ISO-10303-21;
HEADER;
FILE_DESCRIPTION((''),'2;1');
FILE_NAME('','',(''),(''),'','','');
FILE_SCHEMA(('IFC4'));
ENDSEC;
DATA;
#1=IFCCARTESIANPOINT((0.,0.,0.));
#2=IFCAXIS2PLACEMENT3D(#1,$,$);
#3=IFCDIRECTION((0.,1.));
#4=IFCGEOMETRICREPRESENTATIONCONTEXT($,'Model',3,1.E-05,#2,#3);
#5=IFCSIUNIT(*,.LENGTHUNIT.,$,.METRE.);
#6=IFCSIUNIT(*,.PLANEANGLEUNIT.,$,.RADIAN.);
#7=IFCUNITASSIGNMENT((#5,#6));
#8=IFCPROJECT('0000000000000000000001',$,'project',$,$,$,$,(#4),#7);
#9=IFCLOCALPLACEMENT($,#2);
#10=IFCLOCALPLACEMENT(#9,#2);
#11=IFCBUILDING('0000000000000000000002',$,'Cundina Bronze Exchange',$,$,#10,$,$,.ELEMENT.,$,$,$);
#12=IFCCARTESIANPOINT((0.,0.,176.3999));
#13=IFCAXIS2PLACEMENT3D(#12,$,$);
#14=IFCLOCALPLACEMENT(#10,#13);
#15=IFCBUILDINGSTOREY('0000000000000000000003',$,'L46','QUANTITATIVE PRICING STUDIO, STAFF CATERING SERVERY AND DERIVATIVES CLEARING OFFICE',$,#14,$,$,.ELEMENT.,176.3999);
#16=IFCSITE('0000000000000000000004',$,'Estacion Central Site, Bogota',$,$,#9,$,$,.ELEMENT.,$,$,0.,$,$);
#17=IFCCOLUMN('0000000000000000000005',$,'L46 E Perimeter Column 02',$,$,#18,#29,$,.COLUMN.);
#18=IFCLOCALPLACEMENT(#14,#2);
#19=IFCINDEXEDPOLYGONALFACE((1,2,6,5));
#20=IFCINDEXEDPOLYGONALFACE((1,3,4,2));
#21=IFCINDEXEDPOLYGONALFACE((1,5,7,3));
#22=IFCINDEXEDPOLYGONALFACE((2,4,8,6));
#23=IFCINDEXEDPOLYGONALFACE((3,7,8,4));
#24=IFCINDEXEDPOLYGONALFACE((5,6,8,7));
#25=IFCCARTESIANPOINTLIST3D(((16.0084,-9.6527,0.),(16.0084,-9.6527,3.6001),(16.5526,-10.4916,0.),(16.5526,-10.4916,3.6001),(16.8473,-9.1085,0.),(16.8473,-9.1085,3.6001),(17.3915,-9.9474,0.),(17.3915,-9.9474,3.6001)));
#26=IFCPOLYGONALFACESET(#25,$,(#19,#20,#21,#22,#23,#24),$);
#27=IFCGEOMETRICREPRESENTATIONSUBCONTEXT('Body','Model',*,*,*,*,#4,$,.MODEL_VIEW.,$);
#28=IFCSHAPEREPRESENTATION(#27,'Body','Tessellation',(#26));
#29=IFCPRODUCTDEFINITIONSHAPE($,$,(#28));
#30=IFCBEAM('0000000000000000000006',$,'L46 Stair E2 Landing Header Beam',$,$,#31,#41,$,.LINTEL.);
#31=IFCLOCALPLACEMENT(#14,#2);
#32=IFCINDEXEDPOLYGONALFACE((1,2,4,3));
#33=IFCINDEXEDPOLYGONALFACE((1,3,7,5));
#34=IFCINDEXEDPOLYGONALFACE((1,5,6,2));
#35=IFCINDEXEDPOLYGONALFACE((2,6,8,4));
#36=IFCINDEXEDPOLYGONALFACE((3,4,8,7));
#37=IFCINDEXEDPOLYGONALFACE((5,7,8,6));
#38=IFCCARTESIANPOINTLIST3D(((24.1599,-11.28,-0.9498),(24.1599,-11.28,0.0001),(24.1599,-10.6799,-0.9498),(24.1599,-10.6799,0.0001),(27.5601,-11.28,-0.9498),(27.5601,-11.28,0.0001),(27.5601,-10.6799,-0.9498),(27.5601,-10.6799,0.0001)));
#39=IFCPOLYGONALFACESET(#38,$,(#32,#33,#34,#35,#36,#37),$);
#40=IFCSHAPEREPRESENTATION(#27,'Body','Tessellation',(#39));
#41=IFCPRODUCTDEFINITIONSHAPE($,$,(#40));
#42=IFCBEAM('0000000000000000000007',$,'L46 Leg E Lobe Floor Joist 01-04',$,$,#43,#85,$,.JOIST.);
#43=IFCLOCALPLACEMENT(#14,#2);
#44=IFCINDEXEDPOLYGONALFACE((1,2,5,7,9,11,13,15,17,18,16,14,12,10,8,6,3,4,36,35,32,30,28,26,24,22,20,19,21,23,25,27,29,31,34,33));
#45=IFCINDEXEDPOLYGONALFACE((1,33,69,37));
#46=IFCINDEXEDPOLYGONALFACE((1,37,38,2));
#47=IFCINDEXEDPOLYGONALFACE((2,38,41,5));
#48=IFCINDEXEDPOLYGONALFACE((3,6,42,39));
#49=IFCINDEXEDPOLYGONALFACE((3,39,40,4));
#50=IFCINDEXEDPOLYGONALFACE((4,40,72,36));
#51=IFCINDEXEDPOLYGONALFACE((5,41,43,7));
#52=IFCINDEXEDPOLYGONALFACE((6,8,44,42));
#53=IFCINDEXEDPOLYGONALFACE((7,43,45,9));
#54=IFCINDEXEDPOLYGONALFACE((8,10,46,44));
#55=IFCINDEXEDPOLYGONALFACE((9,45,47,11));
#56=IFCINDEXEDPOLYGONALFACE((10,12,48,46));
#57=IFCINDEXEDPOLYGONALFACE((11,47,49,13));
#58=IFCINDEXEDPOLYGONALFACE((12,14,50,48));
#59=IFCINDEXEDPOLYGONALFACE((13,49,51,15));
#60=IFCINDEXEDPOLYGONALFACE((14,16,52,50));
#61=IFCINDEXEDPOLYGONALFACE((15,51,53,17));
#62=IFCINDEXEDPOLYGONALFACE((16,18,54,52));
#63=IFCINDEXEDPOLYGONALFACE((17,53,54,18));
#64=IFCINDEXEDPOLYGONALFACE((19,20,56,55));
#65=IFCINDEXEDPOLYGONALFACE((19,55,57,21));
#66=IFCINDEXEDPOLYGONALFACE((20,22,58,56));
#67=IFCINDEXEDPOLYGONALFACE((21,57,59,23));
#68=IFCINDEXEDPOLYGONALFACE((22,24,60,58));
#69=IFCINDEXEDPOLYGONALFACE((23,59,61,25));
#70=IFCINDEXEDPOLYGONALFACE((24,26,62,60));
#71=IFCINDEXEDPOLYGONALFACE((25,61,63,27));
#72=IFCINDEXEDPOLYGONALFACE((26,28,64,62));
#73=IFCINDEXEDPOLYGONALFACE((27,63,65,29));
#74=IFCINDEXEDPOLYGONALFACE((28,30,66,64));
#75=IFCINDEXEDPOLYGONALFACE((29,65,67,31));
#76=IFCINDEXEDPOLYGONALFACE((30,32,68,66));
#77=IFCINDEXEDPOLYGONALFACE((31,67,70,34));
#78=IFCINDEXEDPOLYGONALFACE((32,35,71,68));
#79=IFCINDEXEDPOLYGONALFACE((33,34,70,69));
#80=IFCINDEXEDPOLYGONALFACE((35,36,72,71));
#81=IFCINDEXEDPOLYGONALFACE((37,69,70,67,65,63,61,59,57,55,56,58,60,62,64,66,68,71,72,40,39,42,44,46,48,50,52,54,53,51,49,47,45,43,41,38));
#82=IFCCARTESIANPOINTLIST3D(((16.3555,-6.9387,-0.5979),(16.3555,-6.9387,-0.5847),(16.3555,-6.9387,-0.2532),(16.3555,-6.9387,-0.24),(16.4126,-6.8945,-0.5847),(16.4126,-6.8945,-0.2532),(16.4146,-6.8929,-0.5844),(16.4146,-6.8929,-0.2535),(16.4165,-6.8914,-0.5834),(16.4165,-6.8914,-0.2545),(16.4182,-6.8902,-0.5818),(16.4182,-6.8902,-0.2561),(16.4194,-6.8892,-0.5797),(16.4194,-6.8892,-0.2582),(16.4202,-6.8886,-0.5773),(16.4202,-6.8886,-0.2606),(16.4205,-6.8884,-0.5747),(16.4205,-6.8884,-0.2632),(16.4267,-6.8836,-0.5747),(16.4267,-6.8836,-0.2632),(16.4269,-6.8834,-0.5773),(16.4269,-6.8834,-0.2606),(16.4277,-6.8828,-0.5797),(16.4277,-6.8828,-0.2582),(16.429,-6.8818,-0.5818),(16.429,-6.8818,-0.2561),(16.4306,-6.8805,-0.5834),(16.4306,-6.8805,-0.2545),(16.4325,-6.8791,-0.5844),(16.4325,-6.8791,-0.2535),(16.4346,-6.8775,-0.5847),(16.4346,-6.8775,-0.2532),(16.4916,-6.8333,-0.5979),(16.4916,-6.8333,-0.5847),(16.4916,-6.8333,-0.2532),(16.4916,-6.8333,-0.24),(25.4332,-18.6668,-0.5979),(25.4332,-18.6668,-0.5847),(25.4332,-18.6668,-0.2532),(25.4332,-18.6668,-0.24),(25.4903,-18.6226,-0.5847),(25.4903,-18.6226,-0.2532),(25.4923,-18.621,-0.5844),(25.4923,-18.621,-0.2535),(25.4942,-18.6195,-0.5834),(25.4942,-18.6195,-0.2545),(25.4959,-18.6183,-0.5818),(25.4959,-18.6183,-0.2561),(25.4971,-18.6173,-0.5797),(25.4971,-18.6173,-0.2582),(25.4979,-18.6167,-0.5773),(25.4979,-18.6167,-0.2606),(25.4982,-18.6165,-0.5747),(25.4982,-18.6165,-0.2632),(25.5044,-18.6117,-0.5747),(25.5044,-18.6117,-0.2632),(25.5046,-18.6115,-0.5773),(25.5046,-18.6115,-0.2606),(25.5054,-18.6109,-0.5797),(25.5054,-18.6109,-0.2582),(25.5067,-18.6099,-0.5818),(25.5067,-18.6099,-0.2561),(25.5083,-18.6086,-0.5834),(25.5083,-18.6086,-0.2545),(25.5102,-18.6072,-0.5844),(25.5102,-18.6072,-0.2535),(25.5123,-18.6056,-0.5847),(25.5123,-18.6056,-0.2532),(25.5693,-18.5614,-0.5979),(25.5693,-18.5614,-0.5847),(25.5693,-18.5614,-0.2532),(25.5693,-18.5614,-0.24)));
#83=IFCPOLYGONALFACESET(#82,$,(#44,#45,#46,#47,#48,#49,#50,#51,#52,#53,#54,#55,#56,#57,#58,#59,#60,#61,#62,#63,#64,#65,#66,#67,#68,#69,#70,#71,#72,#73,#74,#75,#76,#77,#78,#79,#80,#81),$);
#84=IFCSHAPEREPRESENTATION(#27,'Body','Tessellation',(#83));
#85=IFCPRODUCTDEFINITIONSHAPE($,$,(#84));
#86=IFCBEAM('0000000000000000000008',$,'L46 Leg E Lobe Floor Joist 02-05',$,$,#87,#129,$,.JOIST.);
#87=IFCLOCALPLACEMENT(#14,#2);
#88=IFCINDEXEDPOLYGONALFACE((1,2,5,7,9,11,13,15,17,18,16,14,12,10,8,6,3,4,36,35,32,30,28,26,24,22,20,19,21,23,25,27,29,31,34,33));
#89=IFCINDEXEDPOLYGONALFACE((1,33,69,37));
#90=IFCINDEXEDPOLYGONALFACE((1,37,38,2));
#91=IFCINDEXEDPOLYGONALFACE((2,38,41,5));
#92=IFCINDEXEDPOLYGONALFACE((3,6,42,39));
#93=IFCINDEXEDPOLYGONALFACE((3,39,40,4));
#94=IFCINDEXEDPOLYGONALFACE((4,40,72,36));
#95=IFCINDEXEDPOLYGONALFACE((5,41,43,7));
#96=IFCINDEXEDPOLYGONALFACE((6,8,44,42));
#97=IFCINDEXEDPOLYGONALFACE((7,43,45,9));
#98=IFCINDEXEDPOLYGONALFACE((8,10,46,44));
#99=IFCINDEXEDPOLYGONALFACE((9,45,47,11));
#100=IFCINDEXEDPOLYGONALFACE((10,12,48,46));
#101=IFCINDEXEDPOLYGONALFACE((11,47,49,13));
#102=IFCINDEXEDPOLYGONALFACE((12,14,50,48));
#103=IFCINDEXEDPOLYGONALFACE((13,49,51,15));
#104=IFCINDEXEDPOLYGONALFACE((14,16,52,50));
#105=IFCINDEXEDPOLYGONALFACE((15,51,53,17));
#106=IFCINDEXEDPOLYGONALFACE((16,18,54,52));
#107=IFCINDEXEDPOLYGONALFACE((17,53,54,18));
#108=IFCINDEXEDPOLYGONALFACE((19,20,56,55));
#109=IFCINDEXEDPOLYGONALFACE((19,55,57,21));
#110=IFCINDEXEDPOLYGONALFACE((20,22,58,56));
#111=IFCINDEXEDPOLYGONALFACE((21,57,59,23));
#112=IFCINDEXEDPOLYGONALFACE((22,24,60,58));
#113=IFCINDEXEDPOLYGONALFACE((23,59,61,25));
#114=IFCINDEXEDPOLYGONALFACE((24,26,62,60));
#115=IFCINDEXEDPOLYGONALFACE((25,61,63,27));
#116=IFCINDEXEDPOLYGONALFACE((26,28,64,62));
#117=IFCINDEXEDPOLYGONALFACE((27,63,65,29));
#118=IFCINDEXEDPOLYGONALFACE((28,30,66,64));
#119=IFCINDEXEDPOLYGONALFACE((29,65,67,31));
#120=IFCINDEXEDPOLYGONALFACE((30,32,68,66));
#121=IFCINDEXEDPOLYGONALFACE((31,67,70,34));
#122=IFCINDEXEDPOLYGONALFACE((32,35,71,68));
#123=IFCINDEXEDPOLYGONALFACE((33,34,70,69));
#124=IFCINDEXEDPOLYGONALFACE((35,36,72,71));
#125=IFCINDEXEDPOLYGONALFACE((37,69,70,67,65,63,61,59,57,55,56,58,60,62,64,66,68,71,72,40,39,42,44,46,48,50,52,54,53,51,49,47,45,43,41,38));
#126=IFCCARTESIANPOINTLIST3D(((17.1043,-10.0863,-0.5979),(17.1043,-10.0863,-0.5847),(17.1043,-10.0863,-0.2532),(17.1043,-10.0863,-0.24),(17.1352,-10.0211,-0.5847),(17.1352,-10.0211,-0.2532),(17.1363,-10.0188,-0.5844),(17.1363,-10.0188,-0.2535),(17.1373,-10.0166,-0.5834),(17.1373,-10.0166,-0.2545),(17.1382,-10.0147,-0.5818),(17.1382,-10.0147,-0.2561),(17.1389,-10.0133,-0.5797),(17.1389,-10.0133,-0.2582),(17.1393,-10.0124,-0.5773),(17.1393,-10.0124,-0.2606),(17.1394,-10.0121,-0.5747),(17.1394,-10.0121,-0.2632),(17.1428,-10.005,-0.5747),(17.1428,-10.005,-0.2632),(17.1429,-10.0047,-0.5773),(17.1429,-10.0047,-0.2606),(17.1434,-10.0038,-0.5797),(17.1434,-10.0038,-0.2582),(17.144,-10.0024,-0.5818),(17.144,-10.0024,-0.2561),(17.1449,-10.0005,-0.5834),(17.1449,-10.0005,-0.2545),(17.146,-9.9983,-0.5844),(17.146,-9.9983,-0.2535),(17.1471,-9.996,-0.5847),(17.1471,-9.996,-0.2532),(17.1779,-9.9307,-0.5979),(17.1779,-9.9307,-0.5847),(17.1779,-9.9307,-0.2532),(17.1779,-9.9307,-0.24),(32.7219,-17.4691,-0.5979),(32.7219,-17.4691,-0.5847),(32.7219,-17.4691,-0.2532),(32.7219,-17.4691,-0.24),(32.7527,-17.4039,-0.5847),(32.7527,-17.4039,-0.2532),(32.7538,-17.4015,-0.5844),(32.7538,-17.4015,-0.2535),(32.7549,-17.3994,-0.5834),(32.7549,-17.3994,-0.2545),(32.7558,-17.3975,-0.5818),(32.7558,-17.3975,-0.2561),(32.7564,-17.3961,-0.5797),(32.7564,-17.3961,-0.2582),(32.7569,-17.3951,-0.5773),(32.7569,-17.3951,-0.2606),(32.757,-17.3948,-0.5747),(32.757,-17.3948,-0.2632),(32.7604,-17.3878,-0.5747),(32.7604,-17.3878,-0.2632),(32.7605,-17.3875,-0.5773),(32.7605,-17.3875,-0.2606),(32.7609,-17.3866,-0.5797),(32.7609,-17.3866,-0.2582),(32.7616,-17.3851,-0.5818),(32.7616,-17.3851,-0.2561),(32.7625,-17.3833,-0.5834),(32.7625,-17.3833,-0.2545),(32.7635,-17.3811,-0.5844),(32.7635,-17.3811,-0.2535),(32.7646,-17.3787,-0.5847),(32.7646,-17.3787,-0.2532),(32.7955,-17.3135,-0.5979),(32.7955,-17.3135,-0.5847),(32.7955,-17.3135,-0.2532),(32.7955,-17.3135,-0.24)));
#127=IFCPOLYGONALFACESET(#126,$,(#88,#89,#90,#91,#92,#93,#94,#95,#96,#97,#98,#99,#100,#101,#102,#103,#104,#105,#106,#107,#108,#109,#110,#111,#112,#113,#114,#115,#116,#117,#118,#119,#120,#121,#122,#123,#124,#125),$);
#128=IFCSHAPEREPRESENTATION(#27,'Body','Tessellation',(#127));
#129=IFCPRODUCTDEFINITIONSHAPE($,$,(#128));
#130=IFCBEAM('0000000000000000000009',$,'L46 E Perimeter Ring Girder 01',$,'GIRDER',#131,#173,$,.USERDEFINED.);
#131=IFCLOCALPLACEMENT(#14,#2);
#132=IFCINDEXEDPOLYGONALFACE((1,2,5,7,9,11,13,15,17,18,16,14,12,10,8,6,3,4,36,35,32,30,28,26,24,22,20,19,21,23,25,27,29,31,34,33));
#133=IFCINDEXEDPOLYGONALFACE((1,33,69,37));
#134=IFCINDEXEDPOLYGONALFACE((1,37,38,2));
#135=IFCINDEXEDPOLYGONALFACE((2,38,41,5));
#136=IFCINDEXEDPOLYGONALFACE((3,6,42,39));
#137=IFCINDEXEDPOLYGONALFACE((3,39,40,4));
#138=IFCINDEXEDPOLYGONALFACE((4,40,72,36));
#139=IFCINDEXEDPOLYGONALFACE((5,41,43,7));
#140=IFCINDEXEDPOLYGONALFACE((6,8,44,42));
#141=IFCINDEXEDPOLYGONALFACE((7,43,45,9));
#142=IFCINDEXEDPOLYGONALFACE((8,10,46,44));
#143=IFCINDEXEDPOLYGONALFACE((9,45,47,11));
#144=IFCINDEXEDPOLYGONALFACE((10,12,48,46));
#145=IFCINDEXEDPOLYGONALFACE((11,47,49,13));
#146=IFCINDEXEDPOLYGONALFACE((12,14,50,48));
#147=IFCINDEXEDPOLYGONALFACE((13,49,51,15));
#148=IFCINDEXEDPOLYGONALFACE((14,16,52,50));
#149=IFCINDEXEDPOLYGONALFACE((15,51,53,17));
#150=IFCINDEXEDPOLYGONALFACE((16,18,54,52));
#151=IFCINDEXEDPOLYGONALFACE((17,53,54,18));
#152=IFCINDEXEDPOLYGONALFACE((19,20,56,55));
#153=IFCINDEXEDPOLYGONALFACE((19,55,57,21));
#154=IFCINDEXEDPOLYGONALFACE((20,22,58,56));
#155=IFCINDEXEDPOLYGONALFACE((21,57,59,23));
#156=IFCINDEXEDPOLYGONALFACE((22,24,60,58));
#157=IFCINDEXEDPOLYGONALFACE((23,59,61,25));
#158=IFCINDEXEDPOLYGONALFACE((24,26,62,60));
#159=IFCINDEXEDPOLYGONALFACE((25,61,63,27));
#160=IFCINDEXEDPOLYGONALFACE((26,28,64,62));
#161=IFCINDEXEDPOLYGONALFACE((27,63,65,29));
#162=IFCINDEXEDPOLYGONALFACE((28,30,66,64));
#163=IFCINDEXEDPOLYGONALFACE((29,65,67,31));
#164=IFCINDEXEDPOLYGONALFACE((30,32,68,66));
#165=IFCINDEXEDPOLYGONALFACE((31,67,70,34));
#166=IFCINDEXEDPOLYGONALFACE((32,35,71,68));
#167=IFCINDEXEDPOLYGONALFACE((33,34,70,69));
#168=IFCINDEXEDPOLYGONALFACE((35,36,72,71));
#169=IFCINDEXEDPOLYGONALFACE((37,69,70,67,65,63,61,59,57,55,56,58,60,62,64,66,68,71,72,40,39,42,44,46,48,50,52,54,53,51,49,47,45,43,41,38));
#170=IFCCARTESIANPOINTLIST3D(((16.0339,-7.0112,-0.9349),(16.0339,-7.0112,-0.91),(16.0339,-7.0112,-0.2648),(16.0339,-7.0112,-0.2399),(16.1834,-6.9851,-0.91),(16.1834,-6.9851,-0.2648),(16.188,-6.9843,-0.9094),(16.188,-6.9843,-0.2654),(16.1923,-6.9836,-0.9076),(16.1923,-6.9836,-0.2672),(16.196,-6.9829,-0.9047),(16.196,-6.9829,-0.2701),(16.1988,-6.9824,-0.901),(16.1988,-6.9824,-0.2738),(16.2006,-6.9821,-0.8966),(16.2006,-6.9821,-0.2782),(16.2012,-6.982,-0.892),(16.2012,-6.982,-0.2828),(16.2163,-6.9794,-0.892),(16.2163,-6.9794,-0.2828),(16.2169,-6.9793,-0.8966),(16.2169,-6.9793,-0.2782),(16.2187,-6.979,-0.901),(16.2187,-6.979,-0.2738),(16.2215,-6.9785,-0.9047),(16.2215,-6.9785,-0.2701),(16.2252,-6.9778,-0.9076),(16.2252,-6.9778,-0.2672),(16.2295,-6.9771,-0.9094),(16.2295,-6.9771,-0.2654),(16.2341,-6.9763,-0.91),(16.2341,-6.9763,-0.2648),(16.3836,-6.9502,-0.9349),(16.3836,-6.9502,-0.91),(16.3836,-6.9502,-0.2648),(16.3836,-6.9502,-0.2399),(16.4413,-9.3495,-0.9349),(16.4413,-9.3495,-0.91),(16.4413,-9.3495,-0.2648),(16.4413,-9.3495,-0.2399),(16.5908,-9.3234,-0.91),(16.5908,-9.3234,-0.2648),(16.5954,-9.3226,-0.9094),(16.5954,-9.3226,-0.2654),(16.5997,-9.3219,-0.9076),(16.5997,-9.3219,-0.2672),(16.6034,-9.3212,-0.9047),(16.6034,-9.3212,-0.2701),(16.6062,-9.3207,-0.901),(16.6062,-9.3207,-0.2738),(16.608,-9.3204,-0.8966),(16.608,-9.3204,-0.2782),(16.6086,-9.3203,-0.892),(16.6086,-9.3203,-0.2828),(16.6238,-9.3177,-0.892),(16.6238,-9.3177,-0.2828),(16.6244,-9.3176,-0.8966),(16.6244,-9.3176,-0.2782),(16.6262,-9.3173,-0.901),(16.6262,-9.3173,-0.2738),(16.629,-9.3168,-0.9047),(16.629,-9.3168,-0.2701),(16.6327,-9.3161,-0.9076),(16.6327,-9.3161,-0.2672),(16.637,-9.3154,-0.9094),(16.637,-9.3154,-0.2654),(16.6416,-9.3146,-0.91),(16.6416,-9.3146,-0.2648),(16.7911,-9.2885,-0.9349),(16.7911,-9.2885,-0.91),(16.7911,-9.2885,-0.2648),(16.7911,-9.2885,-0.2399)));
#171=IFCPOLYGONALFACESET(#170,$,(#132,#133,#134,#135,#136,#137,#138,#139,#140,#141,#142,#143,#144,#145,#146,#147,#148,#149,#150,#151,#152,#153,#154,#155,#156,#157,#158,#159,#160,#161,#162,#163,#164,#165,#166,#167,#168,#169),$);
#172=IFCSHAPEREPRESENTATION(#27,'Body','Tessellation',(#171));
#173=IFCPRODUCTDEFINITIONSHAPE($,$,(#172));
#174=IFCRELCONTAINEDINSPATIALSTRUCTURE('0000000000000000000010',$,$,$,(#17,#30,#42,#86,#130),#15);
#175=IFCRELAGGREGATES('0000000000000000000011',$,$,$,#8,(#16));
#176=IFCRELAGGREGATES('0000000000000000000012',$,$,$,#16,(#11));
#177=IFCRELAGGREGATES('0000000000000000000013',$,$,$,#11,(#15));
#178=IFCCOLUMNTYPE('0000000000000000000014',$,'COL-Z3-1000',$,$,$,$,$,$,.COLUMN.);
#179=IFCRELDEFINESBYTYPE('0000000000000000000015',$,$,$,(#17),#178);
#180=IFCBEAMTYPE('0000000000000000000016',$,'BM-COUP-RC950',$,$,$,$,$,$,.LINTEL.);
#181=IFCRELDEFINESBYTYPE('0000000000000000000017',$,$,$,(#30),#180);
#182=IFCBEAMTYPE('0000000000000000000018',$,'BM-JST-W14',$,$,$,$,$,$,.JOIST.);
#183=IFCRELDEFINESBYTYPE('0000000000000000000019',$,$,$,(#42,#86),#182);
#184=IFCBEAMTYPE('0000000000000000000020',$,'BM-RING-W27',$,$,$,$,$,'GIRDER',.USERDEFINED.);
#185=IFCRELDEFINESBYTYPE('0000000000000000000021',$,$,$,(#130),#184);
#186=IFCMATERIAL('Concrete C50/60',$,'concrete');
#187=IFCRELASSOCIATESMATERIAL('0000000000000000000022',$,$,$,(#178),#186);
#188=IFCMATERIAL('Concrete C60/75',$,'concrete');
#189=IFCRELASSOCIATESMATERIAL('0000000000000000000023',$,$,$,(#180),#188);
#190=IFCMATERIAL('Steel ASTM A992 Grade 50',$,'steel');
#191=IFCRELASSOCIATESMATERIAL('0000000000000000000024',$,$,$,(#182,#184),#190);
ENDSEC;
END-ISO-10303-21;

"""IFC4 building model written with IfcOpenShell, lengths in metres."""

from ifc_helpers import new_model, si_unit, direction, frame, origin, origin_2d, place, context, subcontext, project, spatial, rectangle, i_section, extrude, material, material_profile, profile_set, type_object, element, save


model = new_model("IFC4")

# Units and contexts
model_context = context("Model", 3, precision=1e-05, world=origin(), true_north=direction((0.0, 1.0)))
body_context = subcontext(model_context, "Body", "Model", "MODEL_VIEW")
ifc_project = project(units=[si_unit("LENGTHUNIT", "METRE"), si_unit("PLANEANGLEUNIT", "RADIAN")], contexts=[model_context])

# Site, building, storey
site_placement = place(None, origin())
site = spatial("IfcSite", under=ifc_project, at=site_placement, Name="Estacion Central Site, Bogota", CompositionType="ELEMENT", RefElevation=0.0)
building_placement = place(site_placement, origin())
building = spatial("IfcBuilding", under=site, at=building_placement, Name="Cundina Bronze Exchange", CompositionType="ELEMENT")
storey_placement = place(building_placement, frame((0.0, 0.0, 176.3999)))
storey = spatial("IfcBuildingStorey", under=building, at=storey_placement, Name="L46", Description="QUANTITATIVE PRICING STUDIO, STAFF CATERING SERVERY AND DERIVATIVES CLEARING OFFICE", CompositionType="ELEMENT", Elevation=176.3999)

# Column
ifc_material_1 = material(Name="Concrete C50/60", Category="concrete")
ifc_material_profile_1 = material_profile(ifc_material_1, rectangle(XDim=1.0, YDim=1.0, at=origin_2d()), Name="RC1000X1000", Category="concrete")
ifc_profile_set_1 = profile_set([ifc_material_profile_1], Name="Concrete C50/60")
column_type = type_object("IfcColumnType", Name="COL-Z3-1000", PredefinedType="COLUMN", material=ifc_profile_set_1)
column_placement = place(storey_placement, frame((16.7, -9.8, 0.0), z_axis=(0.0, 0.0, 1.0), x_axis=(0.5442, -0.838956, 0.0)))
element("IfcColumn", 1, at=column_placement, inside=storey, type_object=column_type, Name="L46 E Perimeter Column 02", PredefinedType="COLUMN", context=body_context, shape_type="SweptSolid", body=[
    extrude(rectangle(XDim=1.0, YDim=1.0, at=origin_2d()), origin(), (0.0, 0.0, 1.0), 3.6001),
])

# Beams
ifc_material_2 = material(Name="Concrete C60/75", Category="concrete")
ifc_material_profile_2 = material_profile(ifc_material_2, rectangle(XDim=0.6001, YDim=0.95, at=origin_2d()), Name="RC600X950", Category="concrete")
ifc_profile_set_2 = profile_set([ifc_material_profile_2], Name="Concrete C60/75")
beam_type_1 = type_object("IfcBeamType", Name="BM-COUP-RC950", PredefinedType="LINTEL", material=ifc_profile_set_2)
beam_1_placement = place(storey_placement, frame((24.1599, -10.98, -0.4749), z_axis=(1.0, 0.0, 0.0), x_axis=(0.0, 1.0, 0.0)))
element("IfcBeam", 2, at=beam_1_placement, inside=storey, type_object=beam_type_1, Name="L46 Stair E2 Landing Header Beam", PredefinedType="LINTEL", context=body_context, shape_type="SweptSolid", body=[
    extrude(rectangle(XDim=0.6001, YDim=0.95, at=origin_2d()), origin(), (0.0, 0.0, 1.0), 3.4001),
])
ifc_material_3 = material(Name="Steel ASTM A992 Grade 50", Category="steel")
ifc_material_profile_3 = material_profile(ifc_material_3, i_section(OverallWidth=0.1721, OverallDepth=0.3579, WebThickness=0.0078, FlangeThickness=0.0132, FilletRadius=0.01, at=origin_2d()), Name="W14X38", Category="steel")
ifc_profile_set_3 = profile_set([ifc_material_profile_3], Name="Steel ASTM A992 Grade 50")
beam_type_2 = type_object("IfcBeamType", Name="BM-JST-W14", PredefinedType="JOIST", material=ifc_profile_set_3)
beam_2_placement = place(storey_placement, frame((16.4236, -6.886, -0.4189), z_axis=(0.612084, -0.790793, 0.0), x_axis=(0.790793, 0.612084, 0.0)))
element("IfcBeam", 3, at=beam_2_placement, inside=storey, type_object=beam_type_2, Name="L46 Leg E Lobe Floor Joist 01-04", PredefinedType="JOIST", context=body_context, shape_type="SweptSolid", body=[
    extrude(i_section(OverallWidth=0.1721, OverallDepth=0.3579, WebThickness=0.0078, FlangeThickness=0.0132, FilletRadius=0.01, at=origin_2d()), origin(), (0.0, 0.0, 1.0), 14.8308),
])
beam_3_placement = place(storey_placement, frame((17.1411, -10.0085, -0.4189), z_axis=(0.904074, -0.427375, 0.0), x_axis=(0.427375, 0.904074, 0.0)))
element("IfcBeam", 4, at=beam_3_placement, inside=storey, type_object=beam_type_2, Name="L46 Leg E Lobe Floor Joist 02-05", PredefinedType="JOIST", context=body_context, shape_type="SweptSolid", body=[
    extrude(i_section(OverallWidth=0.1721, OverallDepth=0.3579, WebThickness=0.0078, FlangeThickness=0.0132, FilletRadius=0.01, at=origin_2d()), origin(), (0.0, 0.0, 1.0), 17.2747),
])
ifc_material_profile_4 = material_profile(ifc_material_3, i_section(OverallWidth=0.355, OverallDepth=0.6951, WebThickness=0.0154, FlangeThickness=0.0249, FilletRadius=0.0181, at=origin_2d()), Name="W27X146", Category="steel")
ifc_profile_set_4 = profile_set([ifc_material_profile_4], Name="Steel ASTM A992 Grade 50")
beam_type_3 = type_object("IfcBeamType", Name="BM-RING-W27", ElementType="GIRDER", PredefinedType="USERDEFINED", material=ifc_profile_set_4)
beam_4_placement = place(storey_placement, frame((16.2087, -6.9807, -0.5874), z_axis=(0.171667, -0.985155, 0.0), x_axis=(0.985155, 0.171667, 0.0)))
element("IfcBeam", 5, at=beam_4_placement, inside=storey, type_object=beam_type_3, Name="L46 E Perimeter Ring Girder 01", ObjectType="GIRDER", PredefinedType="USERDEFINED", context=body_context, shape_type="SweptSolid", body=[
    extrude(i_section(OverallWidth=0.355, OverallDepth=0.6951, WebThickness=0.0154, FlangeThickness=0.0249, FilletRadius=0.0181, at=origin_2d()), origin(), (0.0, 0.0, 1.0), 2.3735),
])

save(model, "model.ifc")
